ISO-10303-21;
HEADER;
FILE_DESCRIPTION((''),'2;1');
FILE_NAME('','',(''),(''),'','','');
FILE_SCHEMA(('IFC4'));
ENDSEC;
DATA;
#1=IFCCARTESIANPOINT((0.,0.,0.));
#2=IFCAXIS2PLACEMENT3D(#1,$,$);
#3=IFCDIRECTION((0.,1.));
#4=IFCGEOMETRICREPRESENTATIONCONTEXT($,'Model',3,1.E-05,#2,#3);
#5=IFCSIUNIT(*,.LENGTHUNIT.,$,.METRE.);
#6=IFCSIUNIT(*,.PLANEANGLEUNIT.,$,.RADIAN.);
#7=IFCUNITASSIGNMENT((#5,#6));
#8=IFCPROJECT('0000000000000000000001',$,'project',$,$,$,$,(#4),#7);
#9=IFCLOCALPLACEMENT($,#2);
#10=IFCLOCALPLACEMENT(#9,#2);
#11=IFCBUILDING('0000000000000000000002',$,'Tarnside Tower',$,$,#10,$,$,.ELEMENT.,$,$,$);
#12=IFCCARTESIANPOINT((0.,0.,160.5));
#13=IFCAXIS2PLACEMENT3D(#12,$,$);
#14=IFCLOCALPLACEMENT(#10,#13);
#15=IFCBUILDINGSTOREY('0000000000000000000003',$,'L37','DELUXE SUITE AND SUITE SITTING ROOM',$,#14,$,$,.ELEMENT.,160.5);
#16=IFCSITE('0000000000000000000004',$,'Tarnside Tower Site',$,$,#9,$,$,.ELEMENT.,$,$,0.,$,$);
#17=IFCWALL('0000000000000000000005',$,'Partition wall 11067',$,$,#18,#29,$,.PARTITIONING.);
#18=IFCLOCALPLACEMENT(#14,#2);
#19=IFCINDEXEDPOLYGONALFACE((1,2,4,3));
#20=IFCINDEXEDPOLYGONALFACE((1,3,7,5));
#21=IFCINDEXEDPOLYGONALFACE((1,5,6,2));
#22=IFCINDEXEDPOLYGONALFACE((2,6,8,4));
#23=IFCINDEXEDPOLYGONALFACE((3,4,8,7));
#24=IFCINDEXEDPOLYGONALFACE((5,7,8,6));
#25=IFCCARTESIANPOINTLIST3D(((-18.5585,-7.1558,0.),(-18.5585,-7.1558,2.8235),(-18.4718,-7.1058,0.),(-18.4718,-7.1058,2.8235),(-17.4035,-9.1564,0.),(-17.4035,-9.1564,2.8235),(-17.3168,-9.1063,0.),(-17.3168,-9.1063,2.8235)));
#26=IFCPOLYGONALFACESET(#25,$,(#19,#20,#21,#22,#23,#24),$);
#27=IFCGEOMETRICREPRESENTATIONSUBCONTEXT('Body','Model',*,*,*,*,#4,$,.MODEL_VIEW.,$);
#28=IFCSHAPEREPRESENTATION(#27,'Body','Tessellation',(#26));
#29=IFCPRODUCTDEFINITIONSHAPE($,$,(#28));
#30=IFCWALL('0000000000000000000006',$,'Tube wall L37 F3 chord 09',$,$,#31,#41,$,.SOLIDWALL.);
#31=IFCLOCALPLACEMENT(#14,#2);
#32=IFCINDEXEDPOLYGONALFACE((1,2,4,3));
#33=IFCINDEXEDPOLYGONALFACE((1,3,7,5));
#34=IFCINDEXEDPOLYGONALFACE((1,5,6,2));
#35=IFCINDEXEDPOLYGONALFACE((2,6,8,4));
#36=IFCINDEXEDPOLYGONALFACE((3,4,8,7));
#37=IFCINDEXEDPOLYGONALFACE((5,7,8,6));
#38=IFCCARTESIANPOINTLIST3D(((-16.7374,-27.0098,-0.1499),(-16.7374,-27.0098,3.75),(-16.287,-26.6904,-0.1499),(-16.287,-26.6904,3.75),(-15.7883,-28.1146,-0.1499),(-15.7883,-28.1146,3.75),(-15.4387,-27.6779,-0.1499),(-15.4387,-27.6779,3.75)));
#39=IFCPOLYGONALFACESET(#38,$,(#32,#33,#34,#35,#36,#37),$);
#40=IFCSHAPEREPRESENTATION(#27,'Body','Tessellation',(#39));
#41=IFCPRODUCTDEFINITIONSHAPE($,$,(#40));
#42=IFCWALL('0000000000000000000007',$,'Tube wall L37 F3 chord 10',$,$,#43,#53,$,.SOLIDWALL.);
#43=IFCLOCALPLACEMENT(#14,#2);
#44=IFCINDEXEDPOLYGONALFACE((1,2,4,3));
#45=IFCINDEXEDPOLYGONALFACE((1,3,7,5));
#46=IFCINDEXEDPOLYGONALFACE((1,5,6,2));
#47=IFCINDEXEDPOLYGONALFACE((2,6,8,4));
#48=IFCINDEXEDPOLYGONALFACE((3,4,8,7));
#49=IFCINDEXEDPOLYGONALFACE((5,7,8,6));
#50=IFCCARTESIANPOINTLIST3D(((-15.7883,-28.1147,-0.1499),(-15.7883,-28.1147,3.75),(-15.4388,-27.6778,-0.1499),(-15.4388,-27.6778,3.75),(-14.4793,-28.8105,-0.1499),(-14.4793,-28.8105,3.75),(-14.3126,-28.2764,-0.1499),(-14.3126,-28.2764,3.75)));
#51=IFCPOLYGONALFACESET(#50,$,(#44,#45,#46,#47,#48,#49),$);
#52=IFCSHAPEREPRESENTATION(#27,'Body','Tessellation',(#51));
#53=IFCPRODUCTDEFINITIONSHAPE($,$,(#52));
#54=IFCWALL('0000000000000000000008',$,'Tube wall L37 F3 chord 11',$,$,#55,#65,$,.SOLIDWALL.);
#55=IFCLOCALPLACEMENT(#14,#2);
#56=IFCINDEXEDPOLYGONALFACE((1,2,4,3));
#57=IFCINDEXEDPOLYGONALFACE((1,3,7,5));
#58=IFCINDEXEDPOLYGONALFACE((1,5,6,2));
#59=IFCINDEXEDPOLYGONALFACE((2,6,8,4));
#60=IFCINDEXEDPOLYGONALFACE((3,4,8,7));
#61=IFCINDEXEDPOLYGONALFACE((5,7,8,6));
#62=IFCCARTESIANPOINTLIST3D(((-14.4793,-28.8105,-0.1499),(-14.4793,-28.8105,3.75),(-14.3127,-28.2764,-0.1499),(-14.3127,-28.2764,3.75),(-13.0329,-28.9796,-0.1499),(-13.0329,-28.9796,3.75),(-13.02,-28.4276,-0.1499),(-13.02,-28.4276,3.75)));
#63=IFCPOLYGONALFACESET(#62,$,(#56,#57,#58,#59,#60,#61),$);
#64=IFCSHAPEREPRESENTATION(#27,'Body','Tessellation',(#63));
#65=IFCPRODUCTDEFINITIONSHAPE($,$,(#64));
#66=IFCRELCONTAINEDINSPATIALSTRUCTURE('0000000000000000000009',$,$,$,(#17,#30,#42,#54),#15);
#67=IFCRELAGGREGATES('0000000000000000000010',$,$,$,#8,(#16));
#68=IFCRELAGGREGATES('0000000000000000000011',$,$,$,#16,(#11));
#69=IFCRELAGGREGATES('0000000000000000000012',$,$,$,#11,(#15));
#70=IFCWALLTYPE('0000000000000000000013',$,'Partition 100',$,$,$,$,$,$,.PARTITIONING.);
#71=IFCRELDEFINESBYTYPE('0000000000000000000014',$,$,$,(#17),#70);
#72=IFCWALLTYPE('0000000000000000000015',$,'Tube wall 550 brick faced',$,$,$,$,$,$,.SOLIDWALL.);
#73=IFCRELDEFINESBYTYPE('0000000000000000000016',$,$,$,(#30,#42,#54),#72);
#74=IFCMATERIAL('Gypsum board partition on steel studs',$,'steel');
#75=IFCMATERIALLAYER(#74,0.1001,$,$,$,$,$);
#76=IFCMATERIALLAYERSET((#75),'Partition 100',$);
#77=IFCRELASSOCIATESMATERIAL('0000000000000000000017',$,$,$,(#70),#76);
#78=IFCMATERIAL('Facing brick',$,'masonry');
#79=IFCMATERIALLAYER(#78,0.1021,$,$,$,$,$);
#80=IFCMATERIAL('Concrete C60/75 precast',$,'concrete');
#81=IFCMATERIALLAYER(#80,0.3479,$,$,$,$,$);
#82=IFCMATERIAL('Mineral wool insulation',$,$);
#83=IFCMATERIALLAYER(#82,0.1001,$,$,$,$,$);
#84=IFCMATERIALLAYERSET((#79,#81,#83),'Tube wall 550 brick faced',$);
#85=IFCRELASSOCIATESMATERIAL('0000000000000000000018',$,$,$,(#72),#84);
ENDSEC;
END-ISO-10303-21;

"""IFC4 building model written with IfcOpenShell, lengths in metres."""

from ifc_helpers import new_model, si_unit, direction, frame, frame_2d, origin, place, context, subcontext, project, spatial, polyline, rectangle, outline, extrude, material, layer, layer_set, type_object, element, save


model = new_model("IFC4")

# Units and contexts
model_context = context("Model", 3, precision=1e-05, world=origin(), true_north=direction((0.0, 1.0)))
body_context = subcontext(model_context, "Body", "Model", "MODEL_VIEW")
ifc_project = project(units=[si_unit("LENGTHUNIT", "METRE"), si_unit("PLANEANGLEUNIT", "RADIAN")], contexts=[model_context])

# Site, building, storey
site_placement = place(None, origin())
site = spatial("IfcSite", under=ifc_project, at=site_placement, Name="Tarnside Tower Site", CompositionType="ELEMENT", RefElevation=0.0)
building_placement = place(site_placement, origin())
building = spatial("IfcBuilding", under=site, at=building_placement, Name="Tarnside Tower", CompositionType="ELEMENT")
storey_placement = place(building_placement, frame((0.0, 0.0, 160.5)))
storey = spatial("IfcBuildingStorey", under=building, at=storey_placement, Name="L37", Description="DELUXE SUITE AND SUITE SITTING ROOM", CompositionType="ELEMENT", Elevation=160.5)

# Walls
ifc_material_1 = material(Name="Gypsum board partition on steel studs", Category="steel")
ifc_layer_1 = layer(ifc_material_1, 0.1001)
ifc_layer_set_1 = layer_set([ifc_layer_1], Name="Partition 100")
wall_type_1 = type_object("IfcWallType", Name="Partition 100", PredefinedType="PARTITIONING", material=ifc_layer_set_1)
wall_1_placement = place(storey_placement, frame((-17.3601, -9.1313, 0.0), z_axis=(0.0, 0.0, 1.0), x_axis=(-0.500015, 0.866017, 0.0)))
element("IfcWall", 1, at=wall_1_placement, inside=storey, type_object=wall_type_1, Name="Partition wall 11067", PredefinedType="PARTITIONING", context=body_context, shape_type="SweptSolid", body=[
    extrude(rectangle(XDim=2.3101, YDim=0.1001, at=frame_2d((1.155, 0.0))), origin(), (0.0, 0.0, 1.0), 2.8235),
])
ifc_material_2 = material(Name="Facing brick", Category="masonry")
ifc_layer_2 = layer(ifc_material_2, 0.1021)
ifc_material_3 = material(Name="Concrete C60/75 precast", Category="concrete")
ifc_layer_3 = layer(ifc_material_3, 0.3479)
ifc_material_4 = material(Name="Mineral wool insulation")
ifc_layer_4 = layer(ifc_material_4, 0.1001)
ifc_layer_set_2 = layer_set([ifc_layer_2, ifc_layer_3, ifc_layer_4], Name="Tube wall 550 brick faced")
wall_type_2 = type_object("IfcWallType", Name="Tube wall 550 brick faced", PredefinedType="SOLIDWALL", material=ifc_layer_set_2)
wall_2_placement = place(storey_placement, frame((-16.5122, -26.8501, -0.1499), z_axis=(0.0, 0.0, 1.0), x_axis=(0.651622, -0.758544, 0.0)))
element("IfcWall", 2, at=wall_2_placement, inside=storey, type_object=wall_type_2, Name="Tube wall L37 F3 chord 09", PredefinedType="SOLIDWALL", context=body_context, shape_type="SweptSolid", body=[
    extrude(outline(polyline([(-0.0256, -0.2749), (1.4309, -0.2749), (1.3274, 0.2749), (0.0256, 0.2749), (-0.0256, -0.2749)])), origin(), (0.0, 0.0, 1.0), 3.8999),
])
wall_3_placement = place(storey_placement, frame((-15.6135, -27.8962, -0.1499), z_axis=(0.0, 0.0, 1.0), x_axis=(0.882994, -0.469384, 0.0)))
element("IfcWall", 3, at=wall_3_placement, inside=storey, type_object=wall_type_2, Name="Tube wall L37 F3 chord 10", PredefinedType="SOLIDWALL", context=body_context, shape_type="SweptSolid", body=[
    extrude(outline(polyline([(-0.0518, -0.2749), (1.4307, -0.2749), (1.3271, 0.2749), (0.0518, 0.2749), (-0.0518, -0.2749)])), origin(), (0.0, 0.0, 1.0), 3.8999),
])
wall_4_placement = place(storey_placement, frame((-14.396, -28.5435, -0.1499), z_axis=(0.0, 0.0, 1.0), x_axis=(0.993233, -0.116143, 0.0)))
element("IfcWall", 4, at=wall_4_placement, inside=storey, type_object=wall_type_2, Name="Tube wall L37 F3 chord 11", PredefinedType="SOLIDWALL", context=body_context, shape_type="SweptSolid", body=[
    extrude(outline(polyline([(-0.0518, -0.2749), (1.4045, -0.2749), (1.3533, 0.2749), (0.0518, 0.2749), (-0.0518, -0.2749)])), origin(), (0.0, 0.0, 1.0), 3.8999),
])

save(model, "model.ifc")
